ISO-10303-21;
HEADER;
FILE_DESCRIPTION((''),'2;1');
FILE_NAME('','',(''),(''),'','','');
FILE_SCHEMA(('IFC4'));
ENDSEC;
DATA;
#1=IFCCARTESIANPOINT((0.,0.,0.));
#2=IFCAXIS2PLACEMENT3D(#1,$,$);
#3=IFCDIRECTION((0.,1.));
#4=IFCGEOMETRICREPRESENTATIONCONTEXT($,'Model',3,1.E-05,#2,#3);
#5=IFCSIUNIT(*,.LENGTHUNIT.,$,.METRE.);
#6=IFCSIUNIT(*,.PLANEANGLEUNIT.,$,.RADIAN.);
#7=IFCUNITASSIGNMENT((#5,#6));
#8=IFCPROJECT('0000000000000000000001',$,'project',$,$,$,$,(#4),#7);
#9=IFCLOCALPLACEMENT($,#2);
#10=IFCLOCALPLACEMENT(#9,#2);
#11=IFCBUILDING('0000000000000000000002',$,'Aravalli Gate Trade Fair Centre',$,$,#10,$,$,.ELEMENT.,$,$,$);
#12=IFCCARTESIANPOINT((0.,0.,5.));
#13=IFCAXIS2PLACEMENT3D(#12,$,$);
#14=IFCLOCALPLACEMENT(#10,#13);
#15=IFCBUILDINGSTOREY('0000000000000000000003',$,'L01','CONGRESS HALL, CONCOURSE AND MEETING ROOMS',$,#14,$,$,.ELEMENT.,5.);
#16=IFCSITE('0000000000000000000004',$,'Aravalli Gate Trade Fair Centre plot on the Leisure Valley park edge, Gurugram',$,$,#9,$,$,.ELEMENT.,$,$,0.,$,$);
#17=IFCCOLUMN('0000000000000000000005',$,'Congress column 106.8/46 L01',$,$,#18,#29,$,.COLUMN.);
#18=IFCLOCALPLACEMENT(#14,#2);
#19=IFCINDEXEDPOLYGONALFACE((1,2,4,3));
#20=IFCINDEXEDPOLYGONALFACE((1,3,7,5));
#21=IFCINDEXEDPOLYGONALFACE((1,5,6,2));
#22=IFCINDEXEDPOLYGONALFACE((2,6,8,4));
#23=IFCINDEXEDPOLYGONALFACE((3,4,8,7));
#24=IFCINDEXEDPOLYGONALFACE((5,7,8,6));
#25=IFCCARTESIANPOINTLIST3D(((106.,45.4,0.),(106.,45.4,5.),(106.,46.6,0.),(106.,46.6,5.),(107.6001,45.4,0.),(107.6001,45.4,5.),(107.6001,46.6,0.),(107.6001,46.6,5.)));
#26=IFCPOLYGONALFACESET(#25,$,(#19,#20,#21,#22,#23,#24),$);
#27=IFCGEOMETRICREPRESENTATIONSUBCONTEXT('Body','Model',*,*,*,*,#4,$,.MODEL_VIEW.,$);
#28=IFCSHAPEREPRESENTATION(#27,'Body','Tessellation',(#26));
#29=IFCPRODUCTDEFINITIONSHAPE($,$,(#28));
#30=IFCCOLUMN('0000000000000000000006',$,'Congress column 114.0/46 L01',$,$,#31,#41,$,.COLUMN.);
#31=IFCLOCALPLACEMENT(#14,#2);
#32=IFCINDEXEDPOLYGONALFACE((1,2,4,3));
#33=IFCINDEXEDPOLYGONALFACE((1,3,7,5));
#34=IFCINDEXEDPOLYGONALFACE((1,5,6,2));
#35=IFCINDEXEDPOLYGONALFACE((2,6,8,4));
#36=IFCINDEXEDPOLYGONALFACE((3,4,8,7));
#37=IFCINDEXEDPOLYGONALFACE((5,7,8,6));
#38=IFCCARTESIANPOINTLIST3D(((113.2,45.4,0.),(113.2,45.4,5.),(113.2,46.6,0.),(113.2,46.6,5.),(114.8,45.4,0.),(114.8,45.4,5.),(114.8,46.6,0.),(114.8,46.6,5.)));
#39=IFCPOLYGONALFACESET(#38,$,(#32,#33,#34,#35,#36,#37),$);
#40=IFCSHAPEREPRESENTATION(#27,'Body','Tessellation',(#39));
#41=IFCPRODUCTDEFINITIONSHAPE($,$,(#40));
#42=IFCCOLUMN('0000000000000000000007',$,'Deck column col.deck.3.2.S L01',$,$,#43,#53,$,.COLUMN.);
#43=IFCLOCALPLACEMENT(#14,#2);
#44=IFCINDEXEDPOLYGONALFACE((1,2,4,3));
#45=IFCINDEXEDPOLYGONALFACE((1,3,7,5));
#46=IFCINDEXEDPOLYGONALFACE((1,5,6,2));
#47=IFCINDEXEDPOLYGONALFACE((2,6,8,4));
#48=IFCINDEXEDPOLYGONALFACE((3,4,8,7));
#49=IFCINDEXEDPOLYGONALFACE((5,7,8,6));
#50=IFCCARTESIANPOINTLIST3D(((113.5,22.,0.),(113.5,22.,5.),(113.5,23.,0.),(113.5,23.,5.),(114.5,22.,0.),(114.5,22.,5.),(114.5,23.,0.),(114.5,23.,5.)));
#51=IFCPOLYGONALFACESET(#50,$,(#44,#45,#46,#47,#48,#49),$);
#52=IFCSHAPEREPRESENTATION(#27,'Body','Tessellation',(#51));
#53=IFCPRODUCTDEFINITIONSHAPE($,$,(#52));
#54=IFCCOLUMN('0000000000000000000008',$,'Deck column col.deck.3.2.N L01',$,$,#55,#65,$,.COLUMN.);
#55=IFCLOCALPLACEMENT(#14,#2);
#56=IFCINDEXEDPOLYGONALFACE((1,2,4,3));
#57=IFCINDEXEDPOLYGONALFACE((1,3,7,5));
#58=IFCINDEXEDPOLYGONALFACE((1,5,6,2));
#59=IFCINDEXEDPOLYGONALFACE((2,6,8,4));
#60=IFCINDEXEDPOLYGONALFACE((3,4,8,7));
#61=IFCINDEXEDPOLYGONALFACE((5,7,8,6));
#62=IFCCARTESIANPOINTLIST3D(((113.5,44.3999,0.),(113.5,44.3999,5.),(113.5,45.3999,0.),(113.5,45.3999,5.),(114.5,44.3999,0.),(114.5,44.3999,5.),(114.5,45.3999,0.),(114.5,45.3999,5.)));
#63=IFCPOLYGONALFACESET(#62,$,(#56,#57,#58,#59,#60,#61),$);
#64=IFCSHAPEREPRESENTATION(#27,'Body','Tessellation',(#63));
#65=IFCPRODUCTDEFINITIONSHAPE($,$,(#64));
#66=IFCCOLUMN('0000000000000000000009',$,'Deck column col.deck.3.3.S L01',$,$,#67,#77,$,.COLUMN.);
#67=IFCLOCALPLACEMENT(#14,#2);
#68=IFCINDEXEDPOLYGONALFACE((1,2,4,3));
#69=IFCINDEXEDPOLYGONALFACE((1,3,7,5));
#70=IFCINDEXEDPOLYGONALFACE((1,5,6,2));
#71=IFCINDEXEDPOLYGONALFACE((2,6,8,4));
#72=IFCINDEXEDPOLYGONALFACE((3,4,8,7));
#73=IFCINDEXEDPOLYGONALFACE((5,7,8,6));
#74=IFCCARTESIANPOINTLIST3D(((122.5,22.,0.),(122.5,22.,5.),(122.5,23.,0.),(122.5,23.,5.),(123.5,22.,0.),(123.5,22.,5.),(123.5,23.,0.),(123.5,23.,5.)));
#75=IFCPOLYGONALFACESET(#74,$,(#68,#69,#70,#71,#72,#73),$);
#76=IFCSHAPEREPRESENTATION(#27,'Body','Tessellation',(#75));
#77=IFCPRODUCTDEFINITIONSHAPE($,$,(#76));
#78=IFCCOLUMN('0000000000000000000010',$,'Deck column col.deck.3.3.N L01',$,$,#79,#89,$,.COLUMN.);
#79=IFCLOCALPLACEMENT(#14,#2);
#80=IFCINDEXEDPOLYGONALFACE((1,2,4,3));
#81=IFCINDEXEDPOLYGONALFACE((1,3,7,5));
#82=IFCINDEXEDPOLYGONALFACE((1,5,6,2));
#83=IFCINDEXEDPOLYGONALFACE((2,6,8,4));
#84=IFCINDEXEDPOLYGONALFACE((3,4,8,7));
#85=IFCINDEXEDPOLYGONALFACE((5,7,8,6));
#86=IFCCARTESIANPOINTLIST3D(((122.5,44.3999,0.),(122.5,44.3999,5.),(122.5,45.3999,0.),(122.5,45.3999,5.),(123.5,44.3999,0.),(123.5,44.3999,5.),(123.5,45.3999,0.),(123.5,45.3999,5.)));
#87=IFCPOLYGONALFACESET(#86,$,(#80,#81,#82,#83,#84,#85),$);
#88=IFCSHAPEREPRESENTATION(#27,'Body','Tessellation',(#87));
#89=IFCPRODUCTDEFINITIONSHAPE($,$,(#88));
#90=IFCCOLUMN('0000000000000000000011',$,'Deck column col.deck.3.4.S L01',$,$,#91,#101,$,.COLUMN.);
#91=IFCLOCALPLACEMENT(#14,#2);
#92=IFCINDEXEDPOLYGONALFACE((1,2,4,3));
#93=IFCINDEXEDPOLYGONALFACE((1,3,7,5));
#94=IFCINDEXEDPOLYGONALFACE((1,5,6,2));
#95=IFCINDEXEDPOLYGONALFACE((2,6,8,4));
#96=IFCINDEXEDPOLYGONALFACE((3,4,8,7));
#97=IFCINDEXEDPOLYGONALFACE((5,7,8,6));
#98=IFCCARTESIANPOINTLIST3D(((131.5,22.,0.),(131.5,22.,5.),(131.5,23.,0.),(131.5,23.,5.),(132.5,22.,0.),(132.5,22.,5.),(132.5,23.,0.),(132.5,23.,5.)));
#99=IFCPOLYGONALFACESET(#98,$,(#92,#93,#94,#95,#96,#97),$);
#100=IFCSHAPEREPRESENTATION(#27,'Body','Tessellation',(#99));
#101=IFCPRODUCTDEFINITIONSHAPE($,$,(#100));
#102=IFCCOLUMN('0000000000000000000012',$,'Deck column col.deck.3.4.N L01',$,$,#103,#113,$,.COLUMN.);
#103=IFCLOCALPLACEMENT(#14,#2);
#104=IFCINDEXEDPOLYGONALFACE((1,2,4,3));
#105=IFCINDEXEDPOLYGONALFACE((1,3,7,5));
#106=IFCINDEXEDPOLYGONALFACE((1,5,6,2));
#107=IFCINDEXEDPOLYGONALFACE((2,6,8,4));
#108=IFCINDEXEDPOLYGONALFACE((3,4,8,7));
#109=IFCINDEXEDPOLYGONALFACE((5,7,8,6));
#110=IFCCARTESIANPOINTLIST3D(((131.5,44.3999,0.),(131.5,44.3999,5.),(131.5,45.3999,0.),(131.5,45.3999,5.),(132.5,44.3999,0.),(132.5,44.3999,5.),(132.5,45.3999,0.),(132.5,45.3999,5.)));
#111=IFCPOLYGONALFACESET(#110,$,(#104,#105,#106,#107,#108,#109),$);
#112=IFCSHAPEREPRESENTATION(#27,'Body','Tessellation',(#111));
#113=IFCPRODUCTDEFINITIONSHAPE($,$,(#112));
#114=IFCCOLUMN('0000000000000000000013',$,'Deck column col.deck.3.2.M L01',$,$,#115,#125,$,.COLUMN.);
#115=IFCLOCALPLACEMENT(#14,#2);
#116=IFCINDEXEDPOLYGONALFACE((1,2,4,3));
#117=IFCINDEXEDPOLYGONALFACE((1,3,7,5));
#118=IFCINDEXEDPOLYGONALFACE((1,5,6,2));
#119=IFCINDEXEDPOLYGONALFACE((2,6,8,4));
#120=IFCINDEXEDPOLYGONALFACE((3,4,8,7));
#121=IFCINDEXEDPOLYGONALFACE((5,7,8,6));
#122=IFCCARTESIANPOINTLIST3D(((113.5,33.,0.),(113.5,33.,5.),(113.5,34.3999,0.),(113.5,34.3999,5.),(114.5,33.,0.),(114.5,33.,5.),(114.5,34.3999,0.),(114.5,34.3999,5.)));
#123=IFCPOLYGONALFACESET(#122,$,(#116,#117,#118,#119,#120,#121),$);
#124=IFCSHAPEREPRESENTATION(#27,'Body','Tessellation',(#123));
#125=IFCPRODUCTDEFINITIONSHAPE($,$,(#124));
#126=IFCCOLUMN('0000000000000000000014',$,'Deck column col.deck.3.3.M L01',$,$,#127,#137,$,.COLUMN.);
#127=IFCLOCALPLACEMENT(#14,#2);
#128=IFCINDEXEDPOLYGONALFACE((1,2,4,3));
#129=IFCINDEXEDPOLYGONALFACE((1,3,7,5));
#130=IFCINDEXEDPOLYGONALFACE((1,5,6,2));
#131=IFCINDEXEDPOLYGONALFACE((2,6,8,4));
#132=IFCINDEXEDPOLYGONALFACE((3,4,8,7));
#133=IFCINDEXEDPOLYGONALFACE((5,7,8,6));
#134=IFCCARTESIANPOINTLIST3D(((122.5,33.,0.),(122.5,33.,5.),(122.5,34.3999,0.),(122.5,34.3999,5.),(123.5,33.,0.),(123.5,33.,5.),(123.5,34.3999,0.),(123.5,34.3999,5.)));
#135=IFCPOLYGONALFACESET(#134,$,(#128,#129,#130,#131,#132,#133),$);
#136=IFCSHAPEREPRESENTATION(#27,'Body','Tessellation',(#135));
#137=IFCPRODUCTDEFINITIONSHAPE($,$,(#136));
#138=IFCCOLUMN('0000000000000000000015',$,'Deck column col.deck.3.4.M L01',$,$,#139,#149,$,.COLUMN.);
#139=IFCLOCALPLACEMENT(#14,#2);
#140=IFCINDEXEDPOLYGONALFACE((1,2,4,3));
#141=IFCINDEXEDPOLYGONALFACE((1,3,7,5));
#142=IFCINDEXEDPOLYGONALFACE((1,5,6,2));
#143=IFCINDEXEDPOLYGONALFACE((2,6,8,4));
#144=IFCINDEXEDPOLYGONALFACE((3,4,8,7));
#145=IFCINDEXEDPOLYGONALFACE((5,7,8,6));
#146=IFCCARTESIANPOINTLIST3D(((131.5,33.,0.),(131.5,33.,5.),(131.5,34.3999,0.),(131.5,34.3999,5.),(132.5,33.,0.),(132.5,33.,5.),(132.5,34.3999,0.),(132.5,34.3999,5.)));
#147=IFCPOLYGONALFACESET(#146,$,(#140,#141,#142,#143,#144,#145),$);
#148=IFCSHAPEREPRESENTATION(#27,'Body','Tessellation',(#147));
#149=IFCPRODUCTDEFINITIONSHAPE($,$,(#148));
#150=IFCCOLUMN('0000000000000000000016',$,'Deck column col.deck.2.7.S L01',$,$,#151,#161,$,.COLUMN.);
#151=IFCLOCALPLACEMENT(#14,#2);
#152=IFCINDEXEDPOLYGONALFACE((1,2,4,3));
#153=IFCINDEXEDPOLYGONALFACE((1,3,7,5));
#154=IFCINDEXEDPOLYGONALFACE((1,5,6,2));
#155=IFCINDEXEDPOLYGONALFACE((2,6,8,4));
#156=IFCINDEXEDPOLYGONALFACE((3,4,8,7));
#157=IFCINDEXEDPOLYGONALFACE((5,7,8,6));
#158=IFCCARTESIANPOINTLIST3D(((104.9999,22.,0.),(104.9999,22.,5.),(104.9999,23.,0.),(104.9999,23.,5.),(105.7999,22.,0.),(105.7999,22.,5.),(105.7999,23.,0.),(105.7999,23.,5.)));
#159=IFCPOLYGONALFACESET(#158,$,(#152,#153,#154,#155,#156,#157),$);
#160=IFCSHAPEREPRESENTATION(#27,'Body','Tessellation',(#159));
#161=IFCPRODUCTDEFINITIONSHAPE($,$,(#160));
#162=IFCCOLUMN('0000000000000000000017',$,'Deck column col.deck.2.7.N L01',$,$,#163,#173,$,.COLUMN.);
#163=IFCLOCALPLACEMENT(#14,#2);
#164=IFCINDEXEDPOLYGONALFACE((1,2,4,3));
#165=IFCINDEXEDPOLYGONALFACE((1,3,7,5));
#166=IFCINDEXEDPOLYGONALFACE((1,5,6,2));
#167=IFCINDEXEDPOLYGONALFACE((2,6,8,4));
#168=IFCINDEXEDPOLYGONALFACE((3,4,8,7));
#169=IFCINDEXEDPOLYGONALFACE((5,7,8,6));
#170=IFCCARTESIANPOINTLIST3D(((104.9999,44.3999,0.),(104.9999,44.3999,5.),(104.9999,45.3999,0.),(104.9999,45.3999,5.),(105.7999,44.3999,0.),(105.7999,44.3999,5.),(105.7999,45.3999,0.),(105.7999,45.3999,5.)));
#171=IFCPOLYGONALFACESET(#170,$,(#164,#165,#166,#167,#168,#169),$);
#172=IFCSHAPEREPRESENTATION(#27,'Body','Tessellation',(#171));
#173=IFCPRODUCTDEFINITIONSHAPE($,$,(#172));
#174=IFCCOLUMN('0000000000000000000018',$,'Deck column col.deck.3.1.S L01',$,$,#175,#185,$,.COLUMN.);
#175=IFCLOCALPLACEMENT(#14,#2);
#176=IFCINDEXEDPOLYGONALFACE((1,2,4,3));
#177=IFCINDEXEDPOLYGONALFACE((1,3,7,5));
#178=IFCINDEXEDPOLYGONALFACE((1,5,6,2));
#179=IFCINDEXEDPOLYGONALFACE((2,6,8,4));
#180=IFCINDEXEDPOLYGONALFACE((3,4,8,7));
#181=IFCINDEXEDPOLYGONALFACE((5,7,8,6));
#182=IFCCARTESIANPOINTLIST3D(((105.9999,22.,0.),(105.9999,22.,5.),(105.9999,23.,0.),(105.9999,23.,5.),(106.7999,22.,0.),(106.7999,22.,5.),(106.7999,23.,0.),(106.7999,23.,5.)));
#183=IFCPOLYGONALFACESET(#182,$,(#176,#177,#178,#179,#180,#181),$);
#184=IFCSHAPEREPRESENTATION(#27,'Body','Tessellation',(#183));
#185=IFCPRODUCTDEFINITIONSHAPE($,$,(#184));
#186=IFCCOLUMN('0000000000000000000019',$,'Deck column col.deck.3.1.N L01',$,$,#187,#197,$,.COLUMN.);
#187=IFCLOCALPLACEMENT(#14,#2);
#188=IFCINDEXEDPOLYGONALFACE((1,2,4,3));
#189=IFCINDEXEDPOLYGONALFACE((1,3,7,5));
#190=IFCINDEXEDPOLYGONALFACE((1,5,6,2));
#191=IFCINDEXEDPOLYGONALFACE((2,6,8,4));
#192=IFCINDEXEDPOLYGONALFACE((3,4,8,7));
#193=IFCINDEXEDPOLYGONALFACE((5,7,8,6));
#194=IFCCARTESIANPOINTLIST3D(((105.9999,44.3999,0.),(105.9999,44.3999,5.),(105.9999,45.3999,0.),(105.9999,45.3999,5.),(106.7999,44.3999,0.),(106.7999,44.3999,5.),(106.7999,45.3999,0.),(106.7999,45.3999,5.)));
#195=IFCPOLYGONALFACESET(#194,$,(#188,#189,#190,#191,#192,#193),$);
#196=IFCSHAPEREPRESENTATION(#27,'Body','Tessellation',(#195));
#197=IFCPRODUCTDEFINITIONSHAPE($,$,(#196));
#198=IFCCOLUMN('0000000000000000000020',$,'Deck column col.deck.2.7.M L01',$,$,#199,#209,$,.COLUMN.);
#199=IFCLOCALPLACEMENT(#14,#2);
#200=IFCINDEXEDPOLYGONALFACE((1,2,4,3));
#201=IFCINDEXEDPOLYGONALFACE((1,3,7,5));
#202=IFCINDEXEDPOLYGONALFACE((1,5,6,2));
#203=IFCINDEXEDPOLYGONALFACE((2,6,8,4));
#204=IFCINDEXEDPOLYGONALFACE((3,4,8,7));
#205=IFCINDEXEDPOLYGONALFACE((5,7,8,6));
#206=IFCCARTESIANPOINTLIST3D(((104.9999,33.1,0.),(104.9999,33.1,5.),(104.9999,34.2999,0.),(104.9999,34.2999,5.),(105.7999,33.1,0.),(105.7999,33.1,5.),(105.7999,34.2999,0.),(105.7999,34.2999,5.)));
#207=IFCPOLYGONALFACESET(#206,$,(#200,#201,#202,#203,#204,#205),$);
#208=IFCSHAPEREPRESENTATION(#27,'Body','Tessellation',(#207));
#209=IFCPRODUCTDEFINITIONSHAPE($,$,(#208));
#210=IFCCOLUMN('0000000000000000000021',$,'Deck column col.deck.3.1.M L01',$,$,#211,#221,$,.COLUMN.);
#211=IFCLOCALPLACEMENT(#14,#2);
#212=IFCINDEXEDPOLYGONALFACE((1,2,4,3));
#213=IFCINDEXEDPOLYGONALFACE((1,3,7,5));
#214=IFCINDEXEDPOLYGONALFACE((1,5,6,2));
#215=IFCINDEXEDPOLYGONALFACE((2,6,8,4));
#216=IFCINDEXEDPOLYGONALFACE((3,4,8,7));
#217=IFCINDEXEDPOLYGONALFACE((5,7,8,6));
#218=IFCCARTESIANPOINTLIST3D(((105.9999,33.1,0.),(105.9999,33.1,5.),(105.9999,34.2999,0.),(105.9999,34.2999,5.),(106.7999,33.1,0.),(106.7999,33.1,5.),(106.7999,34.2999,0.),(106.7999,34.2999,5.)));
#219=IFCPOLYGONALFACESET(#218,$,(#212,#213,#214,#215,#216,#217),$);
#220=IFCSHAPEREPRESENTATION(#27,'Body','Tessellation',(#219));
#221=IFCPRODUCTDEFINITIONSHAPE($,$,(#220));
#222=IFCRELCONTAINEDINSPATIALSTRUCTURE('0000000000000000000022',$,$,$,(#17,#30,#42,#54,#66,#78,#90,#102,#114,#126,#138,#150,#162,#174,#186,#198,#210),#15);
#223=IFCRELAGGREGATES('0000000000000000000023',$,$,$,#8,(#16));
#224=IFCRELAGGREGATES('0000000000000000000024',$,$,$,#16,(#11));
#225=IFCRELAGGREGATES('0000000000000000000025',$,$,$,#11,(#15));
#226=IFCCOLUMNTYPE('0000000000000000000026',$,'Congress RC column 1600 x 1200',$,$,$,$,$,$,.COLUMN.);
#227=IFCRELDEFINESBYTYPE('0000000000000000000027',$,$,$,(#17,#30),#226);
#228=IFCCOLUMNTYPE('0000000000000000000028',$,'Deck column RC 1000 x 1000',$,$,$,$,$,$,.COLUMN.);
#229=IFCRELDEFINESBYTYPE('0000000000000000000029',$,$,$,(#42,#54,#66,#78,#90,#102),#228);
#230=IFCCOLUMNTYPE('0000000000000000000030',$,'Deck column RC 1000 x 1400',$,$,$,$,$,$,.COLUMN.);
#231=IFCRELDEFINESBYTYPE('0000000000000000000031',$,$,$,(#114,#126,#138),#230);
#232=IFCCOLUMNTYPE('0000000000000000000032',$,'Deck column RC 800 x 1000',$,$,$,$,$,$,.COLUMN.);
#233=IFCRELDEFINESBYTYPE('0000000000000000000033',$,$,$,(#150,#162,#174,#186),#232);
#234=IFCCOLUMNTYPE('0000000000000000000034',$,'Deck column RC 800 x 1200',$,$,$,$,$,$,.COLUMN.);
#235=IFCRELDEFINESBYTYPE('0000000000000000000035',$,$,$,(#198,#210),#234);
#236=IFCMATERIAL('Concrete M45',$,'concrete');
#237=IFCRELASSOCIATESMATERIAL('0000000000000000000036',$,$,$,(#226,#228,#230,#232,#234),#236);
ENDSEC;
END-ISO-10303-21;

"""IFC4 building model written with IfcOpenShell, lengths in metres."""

from ifc_helpers import new_model, si_unit, direction, frame, origin, origin_2d, place, context, subcontext, project, spatial, rectangle, extrude, material, material_profile, profile_set, type_object, element, save


model = new_model("IFC4")

# Units and contexts
model_context = context("Model", 3, precision=1e-05, world=origin(), true_north=direction((0.0, 1.0)))
body_context = subcontext(model_context, "Body", "Model", "MODEL_VIEW")
ifc_project = project(units=[si_unit("LENGTHUNIT", "METRE"), si_unit("PLANEANGLEUNIT", "RADIAN")], contexts=[model_context])

# Site, building, storey
site_placement = place(None, origin())
site = spatial("IfcSite", under=ifc_project, at=site_placement, Name="Aravalli Gate Trade Fair Centre plot on the Leisure Valley park edge, Gurugram", CompositionType="ELEMENT", RefElevation=0.0)
building_placement = place(site_placement, origin())
building = spatial("IfcBuilding", under=site, at=building_placement, Name="Aravalli Gate Trade Fair Centre", CompositionType="ELEMENT")
storey_placement = place(building_placement, frame((0.0, 0.0, 5.0)))
storey = spatial("IfcBuildingStorey", under=building, at=storey_placement, Name="L01", Description="CONGRESS HALL, CONCOURSE AND MEETING ROOMS", CompositionType="ELEMENT", Elevation=5.0)

# Columns
ifc_material_1 = material(Name="Concrete M45", Category="concrete")
ifc_material_profile_1 = material_profile(ifc_material_1, rectangle(XDim=1.6001, YDim=1.2, at=origin_2d()), Name="RC 1600x1200")
ifc_profile_set_1 = profile_set([ifc_material_profile_1], Name="Concrete M45")
column_type_1 = type_object("IfcColumnType", Name="Congress RC column 1600 x 1200", PredefinedType="COLUMN", material=ifc_profile_set_1)
for number, where, z_axis, x_axis, name in (
    (1, (106.8, 46.0, 0.0), (0.0, 0.0, 1.0), (1.0, 0.0, 0.0), "Congress column 106.8/46 L01"),
    (2, (114.0, 46.0, 0.0), (0.0, 0.0, 1.0), (1.0, 0.0, 0.0), "Congress column 114.0/46 L01"),
):
    element("IfcColumn", number, at=place(storey_placement, frame(where, z_axis=z_axis, x_axis=x_axis)), inside=storey, type_object=column_type_1, Name=name, PredefinedType="COLUMN", context=body_context, shape_type="SweptSolid", body=[
        extrude(rectangle(XDim=1.6001, YDim=1.2, at=origin_2d()), origin(), (0.0, 0.0, 1.0), 5.0),
    ])
ifc_material_profile_2 = material_profile(ifc_material_1, rectangle(XDim=1.0, YDim=1.0, at=origin_2d()), Name="Deck column RC 1000 x 1000")
ifc_profile_set_2 = profile_set([ifc_material_profile_2], Name="Concrete M45")
column_type_2 = type_object("IfcColumnType", Name="Deck column RC 1000 x 1000", PredefinedType="COLUMN", material=ifc_profile_set_2)
for number, where, z_axis, x_axis, name in (
    (3, (114.0, 22.5, 0.0), (0.0, 0.0, 1.0), (1.0, 0.0, 0.0), "Deck column col.deck.3.2.S L01"),
    (4, (114.0, 44.8999, 0.0), (0.0, 0.0, 1.0), (1.0, 0.0, 0.0), "Deck column col.deck.3.2.N L01"),
    (5, (123.0, 22.5, 0.0), (0.0, 0.0, 1.0), (1.0, 0.0, 0.0), "Deck column col.deck.3.3.S L01"),
    (6, (123.0, 44.8999, 0.0), (0.0, 0.0, 1.0), (1.0, 0.0, 0.0), "Deck column col.deck.3.3.N L01"),
    (7, (132.0, 22.5, 0.0), (0.0, 0.0, 1.0), (1.0, 0.0, 0.0), "Deck column col.deck.3.4.S L01"),
    (8, (132.0, 44.8999, 0.0), (0.0, 0.0, 1.0), (1.0, 0.0, 0.0), "Deck column col.deck.3.4.N L01"),
):
    element("IfcColumn", number, at=place(storey_placement, frame(where, z_axis=z_axis, x_axis=x_axis)), inside=storey, type_object=column_type_2, Name=name, PredefinedType="COLUMN", context=body_context, shape_type="SweptSolid", body=[
        extrude(rectangle(XDim=1.0, YDim=1.0, at=origin_2d()), origin(), (0.0, 0.0, 1.0), 5.0),
    ])
ifc_material_profile_3 = material_profile(ifc_material_1, rectangle(XDim=1.0, YDim=1.3999, at=origin_2d()), Name="Deck column RC 1000 x 1400")
ifc_profile_set_3 = profile_set([ifc_material_profile_3], Name="Concrete M45")
column_type_3 = type_object("IfcColumnType", Name="Deck column RC 1000 x 1400", PredefinedType="COLUMN", material=ifc_profile_set_3)
for number, where, z_axis, x_axis, name in (
    (9, (114.0, 33.7, 0.0), (0.0, 0.0, 1.0), (1.0, 0.0, 0.0), "Deck column col.deck.3.2.M L01"),
    (10, (123.0, 33.7, 0.0), (0.0, 0.0, 1.0), (1.0, 0.0, 0.0), "Deck column col.deck.3.3.M L01"),
    (11, (132.0, 33.7, 0.0), (0.0, 0.0, 1.0), (1.0, 0.0, 0.0), "Deck column col.deck.3.4.M L01"),
):
    element("IfcColumn", number, at=place(storey_placement, frame(where, z_axis=z_axis, x_axis=x_axis)), inside=storey, type_object=column_type_3, Name=name, PredefinedType="COLUMN", context=body_context, shape_type="SweptSolid", body=[
        extrude(rectangle(XDim=1.0, YDim=1.3999, at=origin_2d()), origin(), (0.0, 0.0, 1.0), 5.0),
    ])
ifc_material_profile_4 = material_profile(ifc_material_1, rectangle(XDim=0.8, YDim=1.0, at=origin_2d()), Name="Deck column RC 800 x 1000")
ifc_profile_set_4 = profile_set([ifc_material_profile_4], Name="Concrete M45")
column_type_4 = type_object("IfcColumnType", Name="Deck column RC 800 x 1000", PredefinedType="COLUMN", material=ifc_profile_set_4)
for number, where, z_axis, x_axis, name in (
    (12, (105.3999, 22.5, 0.0), (0.0, 0.0, 1.0), (1.0, 0.0, 0.0), "Deck column col.deck.2.7.S L01"),
    (13, (105.3999, 44.8999, 0.0), (0.0, 0.0, 1.0), (1.0, 0.0, 0.0), "Deck column col.deck.2.7.N L01"),
    (14, (106.3999, 22.5, 0.0), (0.0, 0.0, 1.0), (1.0, 0.0, 0.0), "Deck column col.deck.3.1.S L01"),
    (15, (106.3999, 44.8999, 0.0), (0.0, 0.0, 1.0), (1.0, 0.0, 0.0), "Deck column col.deck.3.1.N L01"),
):
    element("IfcColumn", number, at=place(storey_placement, frame(where, z_axis=z_axis, x_axis=x_axis)), inside=storey, type_object=column_type_4, Name=name, PredefinedType="COLUMN", context=body_context, shape_type="SweptSolid", body=[
        extrude(rectangle(XDim=0.8, YDim=1.0, at=origin_2d()), origin(), (0.0, 0.0, 1.0), 5.0),
    ])
ifc_material_profile_5 = material_profile(ifc_material_1, rectangle(XDim=0.8, YDim=1.2, at=origin_2d()), Name="Deck column RC 800 x 1200")
ifc_profile_set_5 = profile_set([ifc_material_profile_5], Name="Concrete M45")
column_type_5 = type_object("IfcColumnType", Name="Deck column RC 800 x 1200", PredefinedType="COLUMN", material=ifc_profile_set_5)
for number, where, z_axis, x_axis, name in (
    (16, (105.3999, 33.7, 0.0), (0.0, 0.0, 1.0), (1.0, 0.0, 0.0), "Deck column col.deck.2.7.M L01"),
    (17, (106.3999, 33.7, 0.0), (0.0, 0.0, 1.0), (1.0, 0.0, 0.0), "Deck column col.deck.3.1.M L01"),
):
    element("IfcColumn", number, at=place(storey_placement, frame(where, z_axis=z_axis, x_axis=x_axis)), inside=storey, type_object=column_type_5, Name=name, PredefinedType="COLUMN", context=body_context, shape_type="SweptSolid", body=[
        extrude(rectangle(XDim=0.8, YDim=1.2, at=origin_2d()), origin(), (0.0, 0.0, 1.0), 5.0),
    ])

save(model, "model.ifc")
